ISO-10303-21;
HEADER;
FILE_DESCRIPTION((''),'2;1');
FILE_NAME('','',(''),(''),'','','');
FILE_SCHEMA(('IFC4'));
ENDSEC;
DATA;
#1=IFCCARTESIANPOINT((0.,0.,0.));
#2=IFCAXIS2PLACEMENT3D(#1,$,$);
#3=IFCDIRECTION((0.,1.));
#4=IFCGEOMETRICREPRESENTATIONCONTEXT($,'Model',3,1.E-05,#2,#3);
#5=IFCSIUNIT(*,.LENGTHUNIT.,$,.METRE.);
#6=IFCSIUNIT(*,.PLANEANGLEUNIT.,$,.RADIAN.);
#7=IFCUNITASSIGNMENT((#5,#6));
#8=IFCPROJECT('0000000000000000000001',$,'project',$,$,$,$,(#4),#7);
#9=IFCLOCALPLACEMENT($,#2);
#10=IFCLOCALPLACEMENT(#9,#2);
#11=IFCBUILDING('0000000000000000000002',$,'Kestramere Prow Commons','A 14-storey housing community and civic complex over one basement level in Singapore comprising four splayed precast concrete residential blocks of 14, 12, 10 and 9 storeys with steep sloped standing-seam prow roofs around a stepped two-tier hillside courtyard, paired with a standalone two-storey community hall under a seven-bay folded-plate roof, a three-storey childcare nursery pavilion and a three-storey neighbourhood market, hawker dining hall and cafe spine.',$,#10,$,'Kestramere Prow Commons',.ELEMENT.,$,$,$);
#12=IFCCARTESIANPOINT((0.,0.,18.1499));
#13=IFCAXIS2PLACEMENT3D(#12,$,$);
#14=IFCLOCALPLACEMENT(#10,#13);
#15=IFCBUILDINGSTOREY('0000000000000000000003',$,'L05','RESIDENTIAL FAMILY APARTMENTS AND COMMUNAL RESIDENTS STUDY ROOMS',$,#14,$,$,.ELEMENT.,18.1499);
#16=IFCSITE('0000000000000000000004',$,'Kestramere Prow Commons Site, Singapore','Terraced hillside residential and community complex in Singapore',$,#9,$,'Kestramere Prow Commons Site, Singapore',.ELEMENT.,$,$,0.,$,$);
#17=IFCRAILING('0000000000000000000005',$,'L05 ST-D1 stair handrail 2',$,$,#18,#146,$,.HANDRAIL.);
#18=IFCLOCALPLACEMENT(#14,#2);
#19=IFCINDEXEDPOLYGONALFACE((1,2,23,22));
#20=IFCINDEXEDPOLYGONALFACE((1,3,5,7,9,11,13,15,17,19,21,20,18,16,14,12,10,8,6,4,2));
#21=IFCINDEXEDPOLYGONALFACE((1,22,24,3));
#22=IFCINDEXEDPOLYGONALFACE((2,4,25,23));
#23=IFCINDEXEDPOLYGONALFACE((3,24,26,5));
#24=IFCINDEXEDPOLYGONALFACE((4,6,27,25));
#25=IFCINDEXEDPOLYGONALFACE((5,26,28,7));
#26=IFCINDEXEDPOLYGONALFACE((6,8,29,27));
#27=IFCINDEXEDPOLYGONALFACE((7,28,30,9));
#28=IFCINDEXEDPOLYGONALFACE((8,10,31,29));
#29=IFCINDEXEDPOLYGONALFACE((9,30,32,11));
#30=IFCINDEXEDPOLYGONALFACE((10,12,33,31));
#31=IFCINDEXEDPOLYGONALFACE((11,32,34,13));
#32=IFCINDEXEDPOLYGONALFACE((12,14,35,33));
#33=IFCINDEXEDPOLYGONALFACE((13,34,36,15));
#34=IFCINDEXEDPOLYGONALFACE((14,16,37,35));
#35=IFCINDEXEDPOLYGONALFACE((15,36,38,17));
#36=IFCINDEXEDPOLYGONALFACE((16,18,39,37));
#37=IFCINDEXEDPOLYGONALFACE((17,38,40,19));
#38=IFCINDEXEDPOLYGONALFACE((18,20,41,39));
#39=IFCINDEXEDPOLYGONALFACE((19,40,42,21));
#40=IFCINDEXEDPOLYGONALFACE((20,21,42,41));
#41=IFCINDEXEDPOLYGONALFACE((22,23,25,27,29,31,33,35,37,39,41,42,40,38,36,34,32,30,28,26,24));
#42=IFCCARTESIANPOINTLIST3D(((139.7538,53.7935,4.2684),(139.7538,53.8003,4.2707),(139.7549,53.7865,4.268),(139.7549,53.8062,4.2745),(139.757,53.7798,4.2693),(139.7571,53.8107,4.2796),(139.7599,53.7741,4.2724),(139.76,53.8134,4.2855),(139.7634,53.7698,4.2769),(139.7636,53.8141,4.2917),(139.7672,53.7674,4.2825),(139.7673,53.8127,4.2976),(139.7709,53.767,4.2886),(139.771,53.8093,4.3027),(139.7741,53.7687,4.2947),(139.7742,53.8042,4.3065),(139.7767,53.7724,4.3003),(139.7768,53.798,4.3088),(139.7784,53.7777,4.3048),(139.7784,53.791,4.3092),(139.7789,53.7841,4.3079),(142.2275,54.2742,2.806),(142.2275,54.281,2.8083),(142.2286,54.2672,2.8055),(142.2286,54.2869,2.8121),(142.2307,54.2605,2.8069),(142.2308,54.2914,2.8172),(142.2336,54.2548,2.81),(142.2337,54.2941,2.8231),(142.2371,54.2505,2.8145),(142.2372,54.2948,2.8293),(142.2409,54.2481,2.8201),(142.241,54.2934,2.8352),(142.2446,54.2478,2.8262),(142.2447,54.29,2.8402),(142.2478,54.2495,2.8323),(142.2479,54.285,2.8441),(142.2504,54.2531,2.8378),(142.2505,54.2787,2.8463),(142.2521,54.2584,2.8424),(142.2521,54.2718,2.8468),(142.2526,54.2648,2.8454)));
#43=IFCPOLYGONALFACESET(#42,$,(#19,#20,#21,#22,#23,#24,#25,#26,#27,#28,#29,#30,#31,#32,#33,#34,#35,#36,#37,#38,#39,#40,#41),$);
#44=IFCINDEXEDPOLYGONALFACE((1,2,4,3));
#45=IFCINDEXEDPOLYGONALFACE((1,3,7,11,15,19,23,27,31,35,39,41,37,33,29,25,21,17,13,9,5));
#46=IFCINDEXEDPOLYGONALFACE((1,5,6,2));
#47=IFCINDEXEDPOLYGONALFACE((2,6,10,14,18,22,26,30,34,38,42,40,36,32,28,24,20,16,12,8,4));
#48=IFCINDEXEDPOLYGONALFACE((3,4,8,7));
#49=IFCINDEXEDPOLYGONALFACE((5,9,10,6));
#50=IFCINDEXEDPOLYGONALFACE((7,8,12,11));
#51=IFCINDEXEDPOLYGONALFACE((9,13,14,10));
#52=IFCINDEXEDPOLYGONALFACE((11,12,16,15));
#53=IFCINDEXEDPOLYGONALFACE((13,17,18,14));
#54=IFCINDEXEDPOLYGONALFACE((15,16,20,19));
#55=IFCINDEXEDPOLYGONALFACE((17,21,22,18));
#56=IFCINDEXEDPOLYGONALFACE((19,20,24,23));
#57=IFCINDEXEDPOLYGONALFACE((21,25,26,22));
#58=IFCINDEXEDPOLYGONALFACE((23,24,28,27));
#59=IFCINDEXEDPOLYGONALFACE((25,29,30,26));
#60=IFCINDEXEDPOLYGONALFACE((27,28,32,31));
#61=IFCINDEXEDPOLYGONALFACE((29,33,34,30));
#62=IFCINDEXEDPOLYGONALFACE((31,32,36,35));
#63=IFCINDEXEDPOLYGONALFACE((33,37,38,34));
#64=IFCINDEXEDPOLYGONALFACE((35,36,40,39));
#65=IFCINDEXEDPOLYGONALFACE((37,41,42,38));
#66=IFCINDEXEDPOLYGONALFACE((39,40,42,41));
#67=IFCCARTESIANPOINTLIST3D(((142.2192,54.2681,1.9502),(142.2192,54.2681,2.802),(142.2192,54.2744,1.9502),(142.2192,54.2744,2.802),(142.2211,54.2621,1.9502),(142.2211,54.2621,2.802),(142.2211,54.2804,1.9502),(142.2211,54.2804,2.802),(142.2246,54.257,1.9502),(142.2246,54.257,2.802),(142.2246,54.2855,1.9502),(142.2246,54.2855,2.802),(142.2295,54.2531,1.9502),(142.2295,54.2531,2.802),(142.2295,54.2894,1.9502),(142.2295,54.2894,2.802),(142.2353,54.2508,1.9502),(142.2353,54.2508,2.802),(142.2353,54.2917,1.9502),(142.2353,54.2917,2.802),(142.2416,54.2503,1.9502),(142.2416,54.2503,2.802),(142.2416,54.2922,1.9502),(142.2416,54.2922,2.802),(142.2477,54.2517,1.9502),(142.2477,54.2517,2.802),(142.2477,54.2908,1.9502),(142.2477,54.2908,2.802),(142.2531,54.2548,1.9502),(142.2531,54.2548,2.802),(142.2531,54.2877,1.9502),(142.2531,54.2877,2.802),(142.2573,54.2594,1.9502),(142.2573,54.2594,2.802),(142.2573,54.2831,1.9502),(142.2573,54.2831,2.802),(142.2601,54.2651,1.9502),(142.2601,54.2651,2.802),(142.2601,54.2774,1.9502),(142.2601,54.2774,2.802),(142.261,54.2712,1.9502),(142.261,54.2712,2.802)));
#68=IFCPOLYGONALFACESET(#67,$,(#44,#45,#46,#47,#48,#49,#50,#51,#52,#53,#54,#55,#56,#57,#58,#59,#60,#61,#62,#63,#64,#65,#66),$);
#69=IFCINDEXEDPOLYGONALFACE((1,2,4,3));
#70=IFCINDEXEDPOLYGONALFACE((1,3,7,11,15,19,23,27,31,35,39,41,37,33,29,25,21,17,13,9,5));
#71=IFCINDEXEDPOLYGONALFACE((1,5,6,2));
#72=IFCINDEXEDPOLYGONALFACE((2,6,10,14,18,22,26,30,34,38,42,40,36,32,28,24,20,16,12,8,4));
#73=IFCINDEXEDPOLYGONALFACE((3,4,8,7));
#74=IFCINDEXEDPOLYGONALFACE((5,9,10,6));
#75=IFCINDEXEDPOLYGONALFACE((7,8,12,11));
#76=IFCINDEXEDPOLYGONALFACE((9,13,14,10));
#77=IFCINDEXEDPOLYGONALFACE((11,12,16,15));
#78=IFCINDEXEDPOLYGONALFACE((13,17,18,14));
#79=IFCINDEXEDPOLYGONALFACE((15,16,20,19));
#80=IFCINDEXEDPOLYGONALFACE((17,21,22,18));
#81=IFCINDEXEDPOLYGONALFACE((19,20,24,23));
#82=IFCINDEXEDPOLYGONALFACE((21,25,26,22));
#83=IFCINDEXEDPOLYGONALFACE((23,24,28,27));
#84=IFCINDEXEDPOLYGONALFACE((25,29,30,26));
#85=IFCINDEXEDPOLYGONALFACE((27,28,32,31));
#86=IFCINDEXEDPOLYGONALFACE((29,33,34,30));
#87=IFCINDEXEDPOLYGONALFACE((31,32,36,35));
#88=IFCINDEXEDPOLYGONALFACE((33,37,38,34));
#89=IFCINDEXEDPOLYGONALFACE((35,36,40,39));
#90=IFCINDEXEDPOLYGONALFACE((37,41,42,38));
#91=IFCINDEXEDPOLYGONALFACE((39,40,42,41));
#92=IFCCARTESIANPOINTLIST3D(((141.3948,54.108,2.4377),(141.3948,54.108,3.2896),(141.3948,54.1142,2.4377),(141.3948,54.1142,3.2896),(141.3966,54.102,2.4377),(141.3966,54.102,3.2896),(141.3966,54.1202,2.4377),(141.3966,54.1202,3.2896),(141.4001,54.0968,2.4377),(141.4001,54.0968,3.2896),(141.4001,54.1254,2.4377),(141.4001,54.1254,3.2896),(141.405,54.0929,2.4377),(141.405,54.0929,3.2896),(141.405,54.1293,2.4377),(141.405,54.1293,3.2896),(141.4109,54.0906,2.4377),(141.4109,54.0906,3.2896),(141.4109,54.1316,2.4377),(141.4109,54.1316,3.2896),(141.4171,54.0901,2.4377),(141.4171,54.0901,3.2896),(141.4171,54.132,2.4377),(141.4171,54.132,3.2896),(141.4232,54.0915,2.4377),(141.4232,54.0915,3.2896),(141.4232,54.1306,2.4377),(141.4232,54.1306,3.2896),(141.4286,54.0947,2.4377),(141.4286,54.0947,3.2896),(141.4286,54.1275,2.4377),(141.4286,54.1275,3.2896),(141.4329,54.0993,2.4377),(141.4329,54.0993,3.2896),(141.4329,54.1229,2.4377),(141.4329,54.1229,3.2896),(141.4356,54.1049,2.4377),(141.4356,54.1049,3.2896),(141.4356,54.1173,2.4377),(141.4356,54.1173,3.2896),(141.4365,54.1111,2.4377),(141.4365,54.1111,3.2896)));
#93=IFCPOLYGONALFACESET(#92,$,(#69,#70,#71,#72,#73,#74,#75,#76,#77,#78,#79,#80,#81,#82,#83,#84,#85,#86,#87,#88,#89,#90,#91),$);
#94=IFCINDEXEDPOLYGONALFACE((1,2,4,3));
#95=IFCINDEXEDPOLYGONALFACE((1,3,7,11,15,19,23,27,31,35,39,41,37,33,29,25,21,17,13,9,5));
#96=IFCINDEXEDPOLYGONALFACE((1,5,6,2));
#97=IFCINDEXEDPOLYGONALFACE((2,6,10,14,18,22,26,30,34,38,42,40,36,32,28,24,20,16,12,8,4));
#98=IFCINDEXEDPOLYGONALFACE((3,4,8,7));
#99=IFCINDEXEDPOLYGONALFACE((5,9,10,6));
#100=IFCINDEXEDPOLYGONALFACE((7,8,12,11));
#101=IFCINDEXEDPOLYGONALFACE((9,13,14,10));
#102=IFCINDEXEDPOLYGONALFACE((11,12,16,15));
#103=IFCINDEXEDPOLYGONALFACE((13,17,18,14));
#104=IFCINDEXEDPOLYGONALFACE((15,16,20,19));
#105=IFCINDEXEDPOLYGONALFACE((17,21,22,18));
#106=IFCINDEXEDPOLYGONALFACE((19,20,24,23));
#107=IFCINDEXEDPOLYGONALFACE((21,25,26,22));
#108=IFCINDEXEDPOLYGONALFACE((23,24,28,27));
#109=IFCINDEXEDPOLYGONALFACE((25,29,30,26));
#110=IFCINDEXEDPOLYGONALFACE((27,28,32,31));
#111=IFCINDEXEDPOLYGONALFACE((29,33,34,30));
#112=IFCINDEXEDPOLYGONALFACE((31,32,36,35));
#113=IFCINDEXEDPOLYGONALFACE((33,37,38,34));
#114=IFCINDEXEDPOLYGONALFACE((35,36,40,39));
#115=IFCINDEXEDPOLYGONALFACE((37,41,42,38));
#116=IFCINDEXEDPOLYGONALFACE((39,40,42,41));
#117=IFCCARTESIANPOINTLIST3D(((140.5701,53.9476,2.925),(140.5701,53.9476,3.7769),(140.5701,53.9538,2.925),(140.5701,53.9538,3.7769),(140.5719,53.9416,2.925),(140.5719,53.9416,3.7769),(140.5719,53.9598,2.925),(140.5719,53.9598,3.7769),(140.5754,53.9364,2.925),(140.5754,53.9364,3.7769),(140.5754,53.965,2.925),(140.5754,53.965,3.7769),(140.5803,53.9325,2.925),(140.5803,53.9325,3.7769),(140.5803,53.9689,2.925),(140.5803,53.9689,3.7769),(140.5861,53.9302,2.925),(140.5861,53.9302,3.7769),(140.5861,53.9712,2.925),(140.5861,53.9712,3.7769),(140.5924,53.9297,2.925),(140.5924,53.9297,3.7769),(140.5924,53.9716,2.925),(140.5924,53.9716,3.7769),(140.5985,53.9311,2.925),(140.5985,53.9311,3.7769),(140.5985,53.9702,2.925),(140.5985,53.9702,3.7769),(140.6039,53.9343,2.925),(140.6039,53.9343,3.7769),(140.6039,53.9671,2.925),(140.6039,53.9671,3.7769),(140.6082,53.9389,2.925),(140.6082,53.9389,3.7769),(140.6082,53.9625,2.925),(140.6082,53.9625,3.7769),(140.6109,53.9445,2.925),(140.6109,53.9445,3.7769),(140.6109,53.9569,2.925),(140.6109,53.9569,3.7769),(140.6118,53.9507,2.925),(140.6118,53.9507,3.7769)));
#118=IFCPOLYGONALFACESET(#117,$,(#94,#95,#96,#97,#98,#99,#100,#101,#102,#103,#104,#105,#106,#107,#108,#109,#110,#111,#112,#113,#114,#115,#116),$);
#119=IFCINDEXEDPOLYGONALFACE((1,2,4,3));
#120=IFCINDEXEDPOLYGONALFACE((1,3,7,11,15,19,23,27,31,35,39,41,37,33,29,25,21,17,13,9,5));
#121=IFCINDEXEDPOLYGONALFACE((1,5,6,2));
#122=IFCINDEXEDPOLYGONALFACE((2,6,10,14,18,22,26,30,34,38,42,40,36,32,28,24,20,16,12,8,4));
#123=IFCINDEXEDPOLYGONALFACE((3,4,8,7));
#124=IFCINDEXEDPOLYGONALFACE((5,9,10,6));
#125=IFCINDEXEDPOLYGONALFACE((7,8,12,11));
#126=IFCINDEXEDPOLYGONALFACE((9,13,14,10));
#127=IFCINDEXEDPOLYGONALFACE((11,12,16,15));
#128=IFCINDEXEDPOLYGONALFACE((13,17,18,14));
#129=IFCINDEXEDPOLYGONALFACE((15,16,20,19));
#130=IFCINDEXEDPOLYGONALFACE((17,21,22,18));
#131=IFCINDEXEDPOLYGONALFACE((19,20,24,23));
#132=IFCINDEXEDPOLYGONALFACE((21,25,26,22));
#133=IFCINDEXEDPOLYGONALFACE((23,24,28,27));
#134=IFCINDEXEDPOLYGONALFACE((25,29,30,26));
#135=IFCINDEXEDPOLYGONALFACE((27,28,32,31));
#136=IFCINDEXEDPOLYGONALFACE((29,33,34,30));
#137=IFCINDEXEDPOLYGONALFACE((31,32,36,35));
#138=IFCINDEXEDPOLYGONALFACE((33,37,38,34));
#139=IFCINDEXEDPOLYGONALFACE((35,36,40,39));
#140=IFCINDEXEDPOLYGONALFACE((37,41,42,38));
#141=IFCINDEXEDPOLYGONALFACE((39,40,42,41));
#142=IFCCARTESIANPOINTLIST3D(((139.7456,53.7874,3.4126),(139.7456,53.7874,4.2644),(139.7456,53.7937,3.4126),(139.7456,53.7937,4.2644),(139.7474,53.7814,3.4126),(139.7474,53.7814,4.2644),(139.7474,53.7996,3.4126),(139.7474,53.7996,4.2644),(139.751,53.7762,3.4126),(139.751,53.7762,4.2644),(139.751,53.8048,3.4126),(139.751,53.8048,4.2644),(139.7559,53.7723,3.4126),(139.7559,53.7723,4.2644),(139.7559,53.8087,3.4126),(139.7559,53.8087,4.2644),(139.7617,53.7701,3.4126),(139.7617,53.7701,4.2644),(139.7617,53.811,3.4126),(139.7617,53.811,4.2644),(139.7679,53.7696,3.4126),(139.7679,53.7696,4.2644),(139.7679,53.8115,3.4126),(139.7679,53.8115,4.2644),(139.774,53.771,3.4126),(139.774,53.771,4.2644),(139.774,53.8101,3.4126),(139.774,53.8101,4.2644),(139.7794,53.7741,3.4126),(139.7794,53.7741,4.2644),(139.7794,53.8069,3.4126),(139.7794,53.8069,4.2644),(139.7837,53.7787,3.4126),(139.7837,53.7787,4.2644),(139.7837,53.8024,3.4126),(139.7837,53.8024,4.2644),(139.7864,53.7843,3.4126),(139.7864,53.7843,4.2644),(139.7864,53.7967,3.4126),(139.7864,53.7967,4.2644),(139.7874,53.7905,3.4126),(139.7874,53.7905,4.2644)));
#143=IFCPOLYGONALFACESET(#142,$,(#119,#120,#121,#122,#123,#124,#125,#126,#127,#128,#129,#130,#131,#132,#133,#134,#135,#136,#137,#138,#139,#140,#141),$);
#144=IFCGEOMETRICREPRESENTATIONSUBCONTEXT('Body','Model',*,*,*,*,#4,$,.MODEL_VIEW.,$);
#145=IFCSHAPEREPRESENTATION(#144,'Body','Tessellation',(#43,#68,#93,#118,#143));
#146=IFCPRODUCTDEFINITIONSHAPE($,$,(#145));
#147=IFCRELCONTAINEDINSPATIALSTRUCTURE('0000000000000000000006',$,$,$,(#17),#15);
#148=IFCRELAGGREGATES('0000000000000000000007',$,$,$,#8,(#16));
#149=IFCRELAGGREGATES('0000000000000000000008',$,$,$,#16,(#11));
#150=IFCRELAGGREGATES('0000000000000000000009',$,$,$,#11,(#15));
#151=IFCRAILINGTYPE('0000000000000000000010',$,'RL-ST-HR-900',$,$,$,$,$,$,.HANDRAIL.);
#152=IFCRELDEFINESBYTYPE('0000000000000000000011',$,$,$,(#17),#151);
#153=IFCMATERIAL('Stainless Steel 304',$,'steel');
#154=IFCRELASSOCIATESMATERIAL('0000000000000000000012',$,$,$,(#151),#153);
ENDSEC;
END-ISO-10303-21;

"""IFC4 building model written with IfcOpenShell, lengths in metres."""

from ifc_helpers import new_model, si_unit, direction, frame, origin, origin_2d, place, context, subcontext, project, spatial, circle, extrude, material, type_object, element, save


model = new_model("IFC4")

# Units and contexts
model_context = context("Model", 3, precision=1e-05, world=origin(), true_north=direction((0.0, 1.0)))
body_context = subcontext(model_context, "Body", "Model", "MODEL_VIEW")
ifc_project = project(units=[si_unit("LENGTHUNIT", "METRE"), si_unit("PLANEANGLEUNIT", "RADIAN")], contexts=[model_context])

# Site, building, storey
site_placement = place(None, origin())
site = spatial("IfcSite", under=ifc_project, at=site_placement, Name="Kestramere Prow Commons Site, Singapore", Description="Terraced hillside residential and community complex in Singapore", LongName="Kestramere Prow Commons Site, Singapore", CompositionType="ELEMENT", RefElevation=0.0)
building_placement = place(site_placement, origin())
building = spatial("IfcBuilding", under=site, at=building_placement, Name="Kestramere Prow Commons", Description="A 14-storey housing community and civic complex over one basement level in Singapore comprising four splayed precast concrete residential blocks of 14, 12, 10 and 9 storeys with steep sloped standing-seam prow roofs around a stepped two-tier hillside courtyard, paired with a standalone two-storey community hall under a seven-bay folded-plate roof, a three-storey childcare nursery pavilion and a three-storey neighbourhood market, hawker dining hall and cafe spine.", LongName="Kestramere Prow Commons", CompositionType="ELEMENT")
storey_placement = place(building_placement, frame((0.0, 0.0, 18.1499)))
storey = spatial("IfcBuildingStorey", under=building, at=storey_placement, Name="L05", Description="RESIDENTIAL FAMILY APARTMENTS AND COMMUNAL RESIDENTS STUDY ROOMS", CompositionType="ELEMENT", Elevation=18.1499)

# Railing
ifc_material_1 = material(Name="Stainless Steel 304", Category="steel")
railing_type_1 = type_object("IfcRailingType", Name="RL-ST-HR-900", PredefinedType="HANDRAIL", material=ifc_material_1)
railing_1_placement = place(storey_placement, frame((142.24, 54.2712, 1.9502)))
element("IfcRailing", 1, at=railing_1_placement, inside=storey, type_object=railing_type_1, Name="L05 ST-D1 stair handrail 2", PredefinedType="HANDRAIL", context=body_context, shape_type="SweptSolid", body=[
    extrude(circle(Radius=0.0239, at=origin_2d()), frame((0.0, 0.0, 0.876), z_axis=(-0.84902, -0.164994, 0.501938), x_axis=(0.190766, -0.981636, 0.0)), (0.0, 0.0, 1.0), 2.9136),
    extrude(circle(Radius=0.021, at=origin_2d()), origin(), (0.0, 0.0, 1.0), 0.8518),
    extrude(circle(Radius=0.021, at=origin_2d()), frame((-0.8245, -0.1602, 0.4875)), (0.0, 0.0, 1.0), 0.8518),
    extrude(circle(Radius=0.021, at=origin_2d()), frame((-1.6492, -0.3206, 0.9749)), (0.0, 0.0, 1.0), 0.8518),
    extrude(circle(Radius=0.021, at=origin_2d()), frame((-2.4736, -0.4807, 1.4624)), (0.0, 0.0, 1.0), 0.8518),
])

save(model, "model.ifc")
